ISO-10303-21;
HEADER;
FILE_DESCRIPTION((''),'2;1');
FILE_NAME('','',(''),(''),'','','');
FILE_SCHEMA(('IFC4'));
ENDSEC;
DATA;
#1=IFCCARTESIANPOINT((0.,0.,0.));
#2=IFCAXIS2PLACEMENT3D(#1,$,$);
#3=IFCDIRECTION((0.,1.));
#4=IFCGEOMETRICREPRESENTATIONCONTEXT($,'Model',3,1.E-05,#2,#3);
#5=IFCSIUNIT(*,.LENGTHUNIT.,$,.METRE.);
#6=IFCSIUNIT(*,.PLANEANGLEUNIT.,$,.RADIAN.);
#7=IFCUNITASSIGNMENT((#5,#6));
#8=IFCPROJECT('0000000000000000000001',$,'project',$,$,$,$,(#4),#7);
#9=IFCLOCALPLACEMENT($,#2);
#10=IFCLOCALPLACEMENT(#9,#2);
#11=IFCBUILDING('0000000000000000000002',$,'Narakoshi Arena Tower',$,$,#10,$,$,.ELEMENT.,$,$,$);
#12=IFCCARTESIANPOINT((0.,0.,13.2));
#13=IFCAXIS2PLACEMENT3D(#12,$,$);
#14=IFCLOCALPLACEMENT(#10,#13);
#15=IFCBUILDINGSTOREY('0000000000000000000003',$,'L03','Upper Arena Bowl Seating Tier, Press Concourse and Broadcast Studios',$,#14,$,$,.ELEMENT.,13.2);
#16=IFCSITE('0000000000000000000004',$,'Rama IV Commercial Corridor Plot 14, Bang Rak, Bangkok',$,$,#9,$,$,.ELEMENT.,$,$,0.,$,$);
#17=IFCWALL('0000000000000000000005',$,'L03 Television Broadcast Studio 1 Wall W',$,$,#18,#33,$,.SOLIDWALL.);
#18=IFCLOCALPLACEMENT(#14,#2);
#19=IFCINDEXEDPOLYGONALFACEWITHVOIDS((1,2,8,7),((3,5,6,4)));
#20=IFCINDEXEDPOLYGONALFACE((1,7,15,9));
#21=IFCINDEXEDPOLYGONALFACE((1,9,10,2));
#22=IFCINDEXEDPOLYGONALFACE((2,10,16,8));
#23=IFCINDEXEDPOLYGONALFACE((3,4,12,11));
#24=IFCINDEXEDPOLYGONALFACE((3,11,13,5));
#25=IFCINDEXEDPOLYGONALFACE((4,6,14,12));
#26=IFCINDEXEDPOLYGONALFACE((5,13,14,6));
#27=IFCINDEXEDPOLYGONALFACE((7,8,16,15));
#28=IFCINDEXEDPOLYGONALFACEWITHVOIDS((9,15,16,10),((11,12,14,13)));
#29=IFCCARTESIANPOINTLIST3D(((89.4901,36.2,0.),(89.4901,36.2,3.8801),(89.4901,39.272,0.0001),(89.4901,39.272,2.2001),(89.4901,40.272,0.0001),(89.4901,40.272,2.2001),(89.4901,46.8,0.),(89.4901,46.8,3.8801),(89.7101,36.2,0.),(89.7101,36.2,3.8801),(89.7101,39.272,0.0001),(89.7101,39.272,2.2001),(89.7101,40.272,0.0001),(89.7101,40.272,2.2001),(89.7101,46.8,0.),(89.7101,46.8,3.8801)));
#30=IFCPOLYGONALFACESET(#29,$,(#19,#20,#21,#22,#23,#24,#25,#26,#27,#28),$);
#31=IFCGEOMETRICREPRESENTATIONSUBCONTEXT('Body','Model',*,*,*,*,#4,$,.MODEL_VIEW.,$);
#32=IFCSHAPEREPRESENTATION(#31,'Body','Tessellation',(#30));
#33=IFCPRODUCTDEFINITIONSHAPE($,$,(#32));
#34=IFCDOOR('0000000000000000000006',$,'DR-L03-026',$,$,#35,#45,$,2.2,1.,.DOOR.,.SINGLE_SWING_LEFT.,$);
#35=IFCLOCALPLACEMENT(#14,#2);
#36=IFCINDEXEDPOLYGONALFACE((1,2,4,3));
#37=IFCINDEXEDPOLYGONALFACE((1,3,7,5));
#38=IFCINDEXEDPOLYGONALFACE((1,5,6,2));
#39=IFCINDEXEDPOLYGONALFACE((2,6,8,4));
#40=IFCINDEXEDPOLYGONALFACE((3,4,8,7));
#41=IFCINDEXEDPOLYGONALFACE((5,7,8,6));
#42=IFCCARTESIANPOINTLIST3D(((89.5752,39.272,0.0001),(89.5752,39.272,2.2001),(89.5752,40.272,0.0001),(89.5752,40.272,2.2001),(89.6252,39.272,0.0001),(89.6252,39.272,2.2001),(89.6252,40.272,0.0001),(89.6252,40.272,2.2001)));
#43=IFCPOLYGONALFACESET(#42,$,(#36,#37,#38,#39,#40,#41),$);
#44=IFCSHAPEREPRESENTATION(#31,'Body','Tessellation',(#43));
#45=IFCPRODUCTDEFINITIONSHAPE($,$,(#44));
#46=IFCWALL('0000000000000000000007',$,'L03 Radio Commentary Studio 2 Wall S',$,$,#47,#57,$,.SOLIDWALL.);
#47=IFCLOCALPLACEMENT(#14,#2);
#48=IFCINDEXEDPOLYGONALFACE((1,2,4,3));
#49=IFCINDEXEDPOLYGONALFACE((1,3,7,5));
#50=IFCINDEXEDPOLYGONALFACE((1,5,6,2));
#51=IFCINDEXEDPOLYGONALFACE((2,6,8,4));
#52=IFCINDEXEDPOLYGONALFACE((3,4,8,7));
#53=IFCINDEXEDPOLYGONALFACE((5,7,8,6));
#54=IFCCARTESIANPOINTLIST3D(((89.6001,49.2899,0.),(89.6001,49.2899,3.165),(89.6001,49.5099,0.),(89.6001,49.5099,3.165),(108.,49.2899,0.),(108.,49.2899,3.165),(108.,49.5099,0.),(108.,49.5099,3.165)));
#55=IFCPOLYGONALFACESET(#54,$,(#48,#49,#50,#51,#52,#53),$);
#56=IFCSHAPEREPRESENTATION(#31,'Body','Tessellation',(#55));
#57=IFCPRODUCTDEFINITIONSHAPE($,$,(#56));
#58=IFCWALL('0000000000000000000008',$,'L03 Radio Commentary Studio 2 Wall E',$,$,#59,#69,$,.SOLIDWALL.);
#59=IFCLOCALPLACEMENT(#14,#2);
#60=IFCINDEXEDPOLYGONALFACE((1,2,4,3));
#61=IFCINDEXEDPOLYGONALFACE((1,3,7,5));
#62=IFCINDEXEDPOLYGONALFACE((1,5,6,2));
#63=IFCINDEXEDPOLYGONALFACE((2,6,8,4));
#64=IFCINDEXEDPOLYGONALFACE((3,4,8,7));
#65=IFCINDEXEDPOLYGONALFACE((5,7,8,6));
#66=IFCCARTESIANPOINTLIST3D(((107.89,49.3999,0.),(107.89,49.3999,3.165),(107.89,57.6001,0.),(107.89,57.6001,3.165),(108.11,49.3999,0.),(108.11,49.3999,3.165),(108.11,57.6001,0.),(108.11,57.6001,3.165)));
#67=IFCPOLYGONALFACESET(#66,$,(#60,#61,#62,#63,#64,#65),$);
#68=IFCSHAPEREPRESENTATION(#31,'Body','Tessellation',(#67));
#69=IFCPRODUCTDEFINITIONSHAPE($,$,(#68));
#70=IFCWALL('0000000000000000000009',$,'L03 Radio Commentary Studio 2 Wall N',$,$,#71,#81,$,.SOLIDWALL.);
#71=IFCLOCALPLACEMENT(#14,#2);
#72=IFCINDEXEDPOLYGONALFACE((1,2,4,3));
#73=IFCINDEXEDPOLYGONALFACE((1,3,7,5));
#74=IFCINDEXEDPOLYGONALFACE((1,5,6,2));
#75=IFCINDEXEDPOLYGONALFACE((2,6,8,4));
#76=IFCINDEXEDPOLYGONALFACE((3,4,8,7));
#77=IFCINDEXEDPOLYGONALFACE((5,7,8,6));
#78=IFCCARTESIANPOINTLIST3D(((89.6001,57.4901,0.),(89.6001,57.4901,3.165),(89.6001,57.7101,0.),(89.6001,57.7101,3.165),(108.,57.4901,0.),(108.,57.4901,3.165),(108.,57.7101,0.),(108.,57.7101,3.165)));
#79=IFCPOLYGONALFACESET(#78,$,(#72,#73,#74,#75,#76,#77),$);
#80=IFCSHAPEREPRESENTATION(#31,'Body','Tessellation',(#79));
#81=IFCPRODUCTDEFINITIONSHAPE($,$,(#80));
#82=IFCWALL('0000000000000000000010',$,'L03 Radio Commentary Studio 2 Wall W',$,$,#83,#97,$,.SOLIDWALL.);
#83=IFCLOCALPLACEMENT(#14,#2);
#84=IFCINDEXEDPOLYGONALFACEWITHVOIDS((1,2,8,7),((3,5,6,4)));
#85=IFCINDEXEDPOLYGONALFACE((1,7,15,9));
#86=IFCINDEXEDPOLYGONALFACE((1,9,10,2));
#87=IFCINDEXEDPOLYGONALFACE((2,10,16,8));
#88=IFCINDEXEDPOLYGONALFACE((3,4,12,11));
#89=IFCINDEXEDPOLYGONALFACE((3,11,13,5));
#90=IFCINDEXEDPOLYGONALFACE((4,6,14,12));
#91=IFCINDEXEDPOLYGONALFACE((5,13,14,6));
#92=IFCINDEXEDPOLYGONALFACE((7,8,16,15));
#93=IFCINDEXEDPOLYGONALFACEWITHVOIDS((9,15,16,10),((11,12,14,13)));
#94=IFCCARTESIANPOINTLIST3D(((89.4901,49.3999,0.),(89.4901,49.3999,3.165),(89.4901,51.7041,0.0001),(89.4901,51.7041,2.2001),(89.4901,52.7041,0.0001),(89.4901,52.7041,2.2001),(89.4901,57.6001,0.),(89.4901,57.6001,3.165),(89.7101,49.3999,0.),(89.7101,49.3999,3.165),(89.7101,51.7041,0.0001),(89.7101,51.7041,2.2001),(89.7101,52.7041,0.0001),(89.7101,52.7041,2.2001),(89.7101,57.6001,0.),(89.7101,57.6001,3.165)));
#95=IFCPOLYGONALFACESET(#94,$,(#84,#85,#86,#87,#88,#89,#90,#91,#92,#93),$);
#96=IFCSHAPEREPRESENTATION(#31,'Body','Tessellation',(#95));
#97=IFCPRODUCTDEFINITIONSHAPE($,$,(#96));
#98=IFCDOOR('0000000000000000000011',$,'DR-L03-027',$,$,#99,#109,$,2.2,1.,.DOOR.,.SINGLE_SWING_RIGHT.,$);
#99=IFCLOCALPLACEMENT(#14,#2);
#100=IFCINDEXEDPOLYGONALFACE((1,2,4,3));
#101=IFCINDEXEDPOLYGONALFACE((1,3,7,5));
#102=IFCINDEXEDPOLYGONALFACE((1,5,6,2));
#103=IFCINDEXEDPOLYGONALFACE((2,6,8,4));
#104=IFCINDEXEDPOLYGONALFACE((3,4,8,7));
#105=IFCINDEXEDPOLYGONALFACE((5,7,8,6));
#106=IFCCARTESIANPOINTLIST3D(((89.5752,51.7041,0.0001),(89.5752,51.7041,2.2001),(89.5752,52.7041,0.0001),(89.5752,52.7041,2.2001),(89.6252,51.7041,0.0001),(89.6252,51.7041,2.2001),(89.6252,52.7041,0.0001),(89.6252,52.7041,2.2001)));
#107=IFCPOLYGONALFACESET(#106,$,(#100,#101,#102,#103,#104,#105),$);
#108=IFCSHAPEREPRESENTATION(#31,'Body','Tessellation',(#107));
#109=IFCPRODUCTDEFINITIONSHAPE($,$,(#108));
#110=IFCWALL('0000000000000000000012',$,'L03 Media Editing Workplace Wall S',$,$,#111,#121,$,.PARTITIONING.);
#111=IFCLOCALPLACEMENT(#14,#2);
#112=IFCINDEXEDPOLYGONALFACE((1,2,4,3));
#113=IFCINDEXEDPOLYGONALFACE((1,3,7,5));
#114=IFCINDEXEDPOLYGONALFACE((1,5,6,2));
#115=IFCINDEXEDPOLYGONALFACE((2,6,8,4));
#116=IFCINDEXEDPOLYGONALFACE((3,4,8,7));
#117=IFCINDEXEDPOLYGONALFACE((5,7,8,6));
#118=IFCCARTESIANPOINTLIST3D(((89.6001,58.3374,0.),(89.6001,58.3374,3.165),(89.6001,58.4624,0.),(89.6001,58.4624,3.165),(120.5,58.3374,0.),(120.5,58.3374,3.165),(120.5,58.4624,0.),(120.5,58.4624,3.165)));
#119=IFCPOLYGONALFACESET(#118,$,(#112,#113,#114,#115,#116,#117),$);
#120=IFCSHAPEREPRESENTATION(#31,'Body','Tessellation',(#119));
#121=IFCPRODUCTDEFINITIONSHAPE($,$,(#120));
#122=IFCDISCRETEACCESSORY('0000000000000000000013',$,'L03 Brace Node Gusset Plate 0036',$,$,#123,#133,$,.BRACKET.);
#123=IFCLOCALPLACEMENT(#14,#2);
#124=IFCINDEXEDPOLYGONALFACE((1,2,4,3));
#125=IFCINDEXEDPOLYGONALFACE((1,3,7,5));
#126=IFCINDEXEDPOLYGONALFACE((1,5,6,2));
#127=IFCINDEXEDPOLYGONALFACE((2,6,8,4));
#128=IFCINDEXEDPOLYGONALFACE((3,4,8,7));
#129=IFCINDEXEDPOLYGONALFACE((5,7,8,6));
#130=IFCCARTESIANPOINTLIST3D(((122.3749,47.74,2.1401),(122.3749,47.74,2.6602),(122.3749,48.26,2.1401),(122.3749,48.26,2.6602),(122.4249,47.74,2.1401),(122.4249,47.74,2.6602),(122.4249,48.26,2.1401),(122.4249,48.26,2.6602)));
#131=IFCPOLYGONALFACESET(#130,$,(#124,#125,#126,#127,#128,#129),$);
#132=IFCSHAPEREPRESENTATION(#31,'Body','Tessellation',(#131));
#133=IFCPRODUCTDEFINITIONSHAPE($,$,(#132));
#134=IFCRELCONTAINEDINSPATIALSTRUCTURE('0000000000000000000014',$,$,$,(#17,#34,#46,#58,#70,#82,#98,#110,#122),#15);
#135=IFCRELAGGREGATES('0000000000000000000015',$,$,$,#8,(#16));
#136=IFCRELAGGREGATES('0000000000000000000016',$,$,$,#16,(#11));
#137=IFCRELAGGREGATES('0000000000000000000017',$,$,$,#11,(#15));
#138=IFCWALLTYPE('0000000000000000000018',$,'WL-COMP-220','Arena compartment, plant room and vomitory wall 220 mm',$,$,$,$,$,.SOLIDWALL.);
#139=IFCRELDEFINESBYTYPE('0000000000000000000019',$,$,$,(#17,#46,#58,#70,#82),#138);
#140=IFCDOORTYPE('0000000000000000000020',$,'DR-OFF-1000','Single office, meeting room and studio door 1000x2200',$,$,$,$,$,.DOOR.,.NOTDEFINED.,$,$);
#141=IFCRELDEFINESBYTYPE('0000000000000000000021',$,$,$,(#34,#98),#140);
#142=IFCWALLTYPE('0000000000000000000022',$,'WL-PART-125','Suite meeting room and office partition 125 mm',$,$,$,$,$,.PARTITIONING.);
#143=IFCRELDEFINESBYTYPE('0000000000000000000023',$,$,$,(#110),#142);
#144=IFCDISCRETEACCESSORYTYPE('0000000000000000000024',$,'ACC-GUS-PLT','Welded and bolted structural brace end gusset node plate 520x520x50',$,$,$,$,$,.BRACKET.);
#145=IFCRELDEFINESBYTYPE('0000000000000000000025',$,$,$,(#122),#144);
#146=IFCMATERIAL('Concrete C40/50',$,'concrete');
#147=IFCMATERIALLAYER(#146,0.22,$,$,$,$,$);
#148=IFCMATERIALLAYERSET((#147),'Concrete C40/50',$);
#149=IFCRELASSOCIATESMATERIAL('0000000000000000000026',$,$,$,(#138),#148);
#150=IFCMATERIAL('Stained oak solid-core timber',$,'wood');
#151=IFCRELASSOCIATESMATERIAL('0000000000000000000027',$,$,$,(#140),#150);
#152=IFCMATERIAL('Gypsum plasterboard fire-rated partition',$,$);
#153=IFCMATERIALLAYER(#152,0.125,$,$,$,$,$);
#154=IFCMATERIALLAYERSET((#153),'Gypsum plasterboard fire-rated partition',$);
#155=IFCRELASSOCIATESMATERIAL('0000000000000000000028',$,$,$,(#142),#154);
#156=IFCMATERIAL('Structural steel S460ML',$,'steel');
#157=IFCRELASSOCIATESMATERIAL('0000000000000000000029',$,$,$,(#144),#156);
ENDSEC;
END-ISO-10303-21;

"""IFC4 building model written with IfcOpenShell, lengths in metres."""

from ifc_helpers import new_model, si_unit, direction, frame, frame_2d, origin, origin_2d, place, context, subcontext, project, spatial, rectangle, extrude, material, layer, layer_set, type_object, element, fill, save


model = new_model("IFC4")

# Units and contexts
model_context = context("Model", 3, precision=1e-05, world=origin(), true_north=direction((0.0, 1.0)))
body_context = subcontext(model_context, "Body", "Model", "MODEL_VIEW")
ifc_project = project(units=[si_unit("LENGTHUNIT", "METRE"), si_unit("PLANEANGLEUNIT", "RADIAN")], contexts=[model_context])

# Site, building, storey
site_placement = place(None, origin())
site = spatial("IfcSite", under=ifc_project, at=site_placement, Name="Rama IV Commercial Corridor Plot 14, Bang Rak, Bangkok", CompositionType="ELEMENT", RefElevation=0.0)
building_placement = place(site_placement, origin())
building = spatial("IfcBuilding", under=site, at=building_placement, Name="Narakoshi Arena Tower", CompositionType="ELEMENT")
storey_placement = place(building_placement, frame((0.0, 0.0, 13.2)))
storey = spatial("IfcBuildingStorey", under=building, at=storey_placement, Name="L03", Description="Upper Arena Bowl Seating Tier, Press Concourse and Broadcast Studios", CompositionType="ELEMENT", Elevation=13.2)

# Shared definitions
ifc_material_1 = material(Name="Concrete C40/50", Category="concrete")
ifc_layer_1 = layer(ifc_material_1, 0.22)
ifc_layer_set_1 = layer_set([ifc_layer_1], Name="Concrete C40/50")
wall_type_1 = type_object("IfcWallType", Name="WL-COMP-220", Description="Arena compartment, plant room and vomitory wall 220 mm", PredefinedType="SOLIDWALL", material=ifc_layer_set_1)

# Wall, opening, door
wall_1_placement = place(storey_placement, frame((89.6001, 46.8, 0.0), z_axis=(0.0, 0.0, 1.0), x_axis=(0.0, -1.0, 0.0)))
wall_1 = element("IfcWall", 1, at=wall_1_placement, inside=storey, type_object=wall_type_1, Name="L03 Television Broadcast Studio 1 Wall W", PredefinedType="SOLIDWALL", context=body_context, shape_type="SweptSolid", body=[
    extrude(rectangle(XDim=10.6001, YDim=0.22, at=frame_2d((5.3, 0.0))), origin(), (0.0, 0.0, 1.0), 3.8801),
])
opening_1_placement = place(wall_1_placement, frame((6.5281, 0.0, 0.0)))
opening_1 = element("IfcOpeningElement", 2, at=opening_1_placement, cuts=wall_1, PredefinedType="OPENING", context=body_context, shape_type="SweptSolid", body=[
    extrude(rectangle(XDim=1.0, YDim=2.2, at=frame_2d((0.5, 1.1001))), frame((0.0, 0.1199, 0.0), z_axis=(0.0, -1.0, 0.0), x_axis=(1.0, 0.0, 0.0)), (0.0, 0.0, 1.0), 0.24),
])
ifc_material_2 = material(Name="Stained oak solid-core timber", Category="wood")
door_type = type_object("IfcDoorType", Name="DR-OFF-1000", Description="Single office, meeting room and studio door 1000x2200", OperationType="NOTDEFINED", PredefinedType="DOOR", material=ifc_material_2)
door_1_placement = place(opening_1_placement, frame((1.0, 0.0, 0.0), z_axis=(0.0, 0.0, 1.0), x_axis=(-1.0, 0.0, 0.0)))
door_1 = element("IfcDoor", 3, at=door_1_placement, inside=storey, type_object=door_type, Name="DR-L03-026", OperationType="SINGLE_SWING_LEFT", OverallHeight=2.2, OverallWidth=1.0, PredefinedType="DOOR", context=body_context, shape_type="SweptSolid", body=[
    extrude(rectangle(XDim=1.0, YDim=2.2, at=frame_2d((0.5, 1.1001))), frame((0.0, 0.0249, 0.0), z_axis=(0.0, -1.0, 0.0), x_axis=(1.0, 0.0, 0.0)), (0.0, 0.0, 1.0), 0.05),
])
fill(opening_1, door_1)

# Walls
wall_2_placement = place(storey_placement, frame((89.6001, 49.3999, 0.0), z_axis=(0.0, 0.0, 1.0), x_axis=(1.0, 0.0, 0.0)))
element("IfcWall", 4, at=wall_2_placement, inside=storey, type_object=wall_type_1, Name="L03 Radio Commentary Studio 2 Wall S", PredefinedType="SOLIDWALL", context=body_context, shape_type="SweptSolid", body=[
    extrude(rectangle(XDim=18.3999, YDim=0.22, at=frame_2d((9.2, 0.0))), origin(), (0.0, 0.0, 1.0), 3.165),
])
wall_3_placement = place(storey_placement, frame((108.0, 49.3999, 0.0), z_axis=(0.0, 0.0, 1.0), x_axis=(0.0, 1.0, 0.0)))
element("IfcWall", 5, at=wall_3_placement, inside=storey, type_object=wall_type_1, Name="L03 Radio Commentary Studio 2 Wall E", PredefinedType="SOLIDWALL", context=body_context, shape_type="SweptSolid", body=[
    extrude(rectangle(XDim=8.2002, YDim=0.22, at=frame_2d((4.1001, 0.0))), origin(), (0.0, 0.0, 1.0), 3.165),
])
wall_4_placement = place(storey_placement, frame((108.0, 57.6001, 0.0), z_axis=(0.0, 0.0, 1.0), x_axis=(-1.0, 0.0, 0.0)))
element("IfcWall", 6, at=wall_4_placement, inside=storey, type_object=wall_type_1, Name="L03 Radio Commentary Studio 2 Wall N", PredefinedType="SOLIDWALL", context=body_context, shape_type="SweptSolid", body=[
    extrude(rectangle(XDim=18.3999, YDim=0.22, at=frame_2d((9.2, 0.0))), origin(), (0.0, 0.0, 1.0), 3.165),
])

# Wall, opening, door
wall_5_placement = place(storey_placement, frame((89.6001, 57.6001, 0.0), z_axis=(0.0, 0.0, 1.0), x_axis=(0.0, -1.0, 0.0)))
wall_5 = element("IfcWall", 7, at=wall_5_placement, inside=storey, type_object=wall_type_1, Name="L03 Radio Commentary Studio 2 Wall W", PredefinedType="SOLIDWALL", context=body_context, shape_type="SweptSolid", body=[
    extrude(rectangle(XDim=8.2002, YDim=0.22, at=frame_2d((4.1001, 0.0))), origin(), (0.0, 0.0, 1.0), 3.165),
])
opening_2_placement = place(wall_5_placement, frame((4.896, 0.0, 0.0)))
opening_2 = element("IfcOpeningElement", 8, at=opening_2_placement, cuts=wall_5, PredefinedType="OPENING", context=body_context, shape_type="SweptSolid", body=[
    extrude(rectangle(XDim=1.0, YDim=2.2, at=frame_2d((0.5, 1.1001))), frame((0.0, 0.1199, 0.0), z_axis=(0.0, -1.0, 0.0), x_axis=(1.0, 0.0, 0.0)), (0.0, 0.0, 1.0), 0.24),
])
door_2_placement = place(opening_2_placement, frame((1.0, 0.0, 0.0), z_axis=(0.0, 0.0, 1.0), x_axis=(-1.0, 0.0, 0.0)))
door_2 = element("IfcDoor", 9, at=door_2_placement, inside=storey, type_object=door_type, Name="DR-L03-027", OperationType="SINGLE_SWING_RIGHT", OverallHeight=2.2, OverallWidth=1.0, PredefinedType="DOOR", context=body_context, shape_type="SweptSolid", body=[
    extrude(rectangle(XDim=1.0, YDim=2.2, at=frame_2d((0.5, 1.1001))), frame((0.0, 0.0249, 0.0), z_axis=(0.0, -1.0, 0.0), x_axis=(1.0, 0.0, 0.0)), (0.0, 0.0, 1.0), 0.05),
])
fill(opening_2, door_2)

# Wall
ifc_material_3 = material(Name="Gypsum plasterboard fire-rated partition")
ifc_layer_2 = layer(ifc_material_3, 0.125)
ifc_layer_set_2 = layer_set([ifc_layer_2], Name="Gypsum plasterboard fire-rated partition")
wall_type_2 = type_object("IfcWallType", Name="WL-PART-125", Description="Suite meeting room and office partition 125 mm", PredefinedType="PARTITIONING", material=ifc_layer_set_2)
wall_6_placement = place(storey_placement, frame((89.6001, 58.3999, 0.0), z_axis=(0.0, 0.0, 1.0), x_axis=(1.0, 0.0, 0.0)))
element("IfcWall", 10, at=wall_6_placement, inside=storey, type_object=wall_type_2, Name="L03 Media Editing Workplace Wall S", PredefinedType="PARTITIONING", context=body_context, shape_type="SweptSolid", body=[
    extrude(rectangle(XDim=30.8999, YDim=0.125, at=frame_2d((15.45, 0.0))), origin(), (0.0, 0.0, 1.0), 3.165),
])

# Discrete accessory
ifc_material_4 = material(Name="Structural steel S460ML", Category="steel")
discrete_accessory_type = type_object("IfcDiscreteAccessoryType", Name="ACC-GUS-PLT", Description="Welded and bolted structural brace end gusset node plate 520x520x50", PredefinedType="BRACKET", material=ifc_material_4)
discrete_accessory_placement = place(storey_placement, frame((122.3999, 48.0, 2.1401), z_axis=(0.0, 0.0, 1.0), x_axis=(0.0, 1.0, 0.0)))
element("IfcDiscreteAccessory", 11, at=discrete_accessory_placement, inside=storey, type_object=discrete_accessory_type, Name="L03 Brace Node Gusset Plate 0036", PredefinedType="BRACKET", context=body_context, shape_type="SweptSolid", body=[
    extrude(rectangle(XDim=0.52, YDim=0.05, at=origin_2d()), origin(), (0.0, 0.0, 1.0), 0.52),
])

save(model, "model.ifc")
